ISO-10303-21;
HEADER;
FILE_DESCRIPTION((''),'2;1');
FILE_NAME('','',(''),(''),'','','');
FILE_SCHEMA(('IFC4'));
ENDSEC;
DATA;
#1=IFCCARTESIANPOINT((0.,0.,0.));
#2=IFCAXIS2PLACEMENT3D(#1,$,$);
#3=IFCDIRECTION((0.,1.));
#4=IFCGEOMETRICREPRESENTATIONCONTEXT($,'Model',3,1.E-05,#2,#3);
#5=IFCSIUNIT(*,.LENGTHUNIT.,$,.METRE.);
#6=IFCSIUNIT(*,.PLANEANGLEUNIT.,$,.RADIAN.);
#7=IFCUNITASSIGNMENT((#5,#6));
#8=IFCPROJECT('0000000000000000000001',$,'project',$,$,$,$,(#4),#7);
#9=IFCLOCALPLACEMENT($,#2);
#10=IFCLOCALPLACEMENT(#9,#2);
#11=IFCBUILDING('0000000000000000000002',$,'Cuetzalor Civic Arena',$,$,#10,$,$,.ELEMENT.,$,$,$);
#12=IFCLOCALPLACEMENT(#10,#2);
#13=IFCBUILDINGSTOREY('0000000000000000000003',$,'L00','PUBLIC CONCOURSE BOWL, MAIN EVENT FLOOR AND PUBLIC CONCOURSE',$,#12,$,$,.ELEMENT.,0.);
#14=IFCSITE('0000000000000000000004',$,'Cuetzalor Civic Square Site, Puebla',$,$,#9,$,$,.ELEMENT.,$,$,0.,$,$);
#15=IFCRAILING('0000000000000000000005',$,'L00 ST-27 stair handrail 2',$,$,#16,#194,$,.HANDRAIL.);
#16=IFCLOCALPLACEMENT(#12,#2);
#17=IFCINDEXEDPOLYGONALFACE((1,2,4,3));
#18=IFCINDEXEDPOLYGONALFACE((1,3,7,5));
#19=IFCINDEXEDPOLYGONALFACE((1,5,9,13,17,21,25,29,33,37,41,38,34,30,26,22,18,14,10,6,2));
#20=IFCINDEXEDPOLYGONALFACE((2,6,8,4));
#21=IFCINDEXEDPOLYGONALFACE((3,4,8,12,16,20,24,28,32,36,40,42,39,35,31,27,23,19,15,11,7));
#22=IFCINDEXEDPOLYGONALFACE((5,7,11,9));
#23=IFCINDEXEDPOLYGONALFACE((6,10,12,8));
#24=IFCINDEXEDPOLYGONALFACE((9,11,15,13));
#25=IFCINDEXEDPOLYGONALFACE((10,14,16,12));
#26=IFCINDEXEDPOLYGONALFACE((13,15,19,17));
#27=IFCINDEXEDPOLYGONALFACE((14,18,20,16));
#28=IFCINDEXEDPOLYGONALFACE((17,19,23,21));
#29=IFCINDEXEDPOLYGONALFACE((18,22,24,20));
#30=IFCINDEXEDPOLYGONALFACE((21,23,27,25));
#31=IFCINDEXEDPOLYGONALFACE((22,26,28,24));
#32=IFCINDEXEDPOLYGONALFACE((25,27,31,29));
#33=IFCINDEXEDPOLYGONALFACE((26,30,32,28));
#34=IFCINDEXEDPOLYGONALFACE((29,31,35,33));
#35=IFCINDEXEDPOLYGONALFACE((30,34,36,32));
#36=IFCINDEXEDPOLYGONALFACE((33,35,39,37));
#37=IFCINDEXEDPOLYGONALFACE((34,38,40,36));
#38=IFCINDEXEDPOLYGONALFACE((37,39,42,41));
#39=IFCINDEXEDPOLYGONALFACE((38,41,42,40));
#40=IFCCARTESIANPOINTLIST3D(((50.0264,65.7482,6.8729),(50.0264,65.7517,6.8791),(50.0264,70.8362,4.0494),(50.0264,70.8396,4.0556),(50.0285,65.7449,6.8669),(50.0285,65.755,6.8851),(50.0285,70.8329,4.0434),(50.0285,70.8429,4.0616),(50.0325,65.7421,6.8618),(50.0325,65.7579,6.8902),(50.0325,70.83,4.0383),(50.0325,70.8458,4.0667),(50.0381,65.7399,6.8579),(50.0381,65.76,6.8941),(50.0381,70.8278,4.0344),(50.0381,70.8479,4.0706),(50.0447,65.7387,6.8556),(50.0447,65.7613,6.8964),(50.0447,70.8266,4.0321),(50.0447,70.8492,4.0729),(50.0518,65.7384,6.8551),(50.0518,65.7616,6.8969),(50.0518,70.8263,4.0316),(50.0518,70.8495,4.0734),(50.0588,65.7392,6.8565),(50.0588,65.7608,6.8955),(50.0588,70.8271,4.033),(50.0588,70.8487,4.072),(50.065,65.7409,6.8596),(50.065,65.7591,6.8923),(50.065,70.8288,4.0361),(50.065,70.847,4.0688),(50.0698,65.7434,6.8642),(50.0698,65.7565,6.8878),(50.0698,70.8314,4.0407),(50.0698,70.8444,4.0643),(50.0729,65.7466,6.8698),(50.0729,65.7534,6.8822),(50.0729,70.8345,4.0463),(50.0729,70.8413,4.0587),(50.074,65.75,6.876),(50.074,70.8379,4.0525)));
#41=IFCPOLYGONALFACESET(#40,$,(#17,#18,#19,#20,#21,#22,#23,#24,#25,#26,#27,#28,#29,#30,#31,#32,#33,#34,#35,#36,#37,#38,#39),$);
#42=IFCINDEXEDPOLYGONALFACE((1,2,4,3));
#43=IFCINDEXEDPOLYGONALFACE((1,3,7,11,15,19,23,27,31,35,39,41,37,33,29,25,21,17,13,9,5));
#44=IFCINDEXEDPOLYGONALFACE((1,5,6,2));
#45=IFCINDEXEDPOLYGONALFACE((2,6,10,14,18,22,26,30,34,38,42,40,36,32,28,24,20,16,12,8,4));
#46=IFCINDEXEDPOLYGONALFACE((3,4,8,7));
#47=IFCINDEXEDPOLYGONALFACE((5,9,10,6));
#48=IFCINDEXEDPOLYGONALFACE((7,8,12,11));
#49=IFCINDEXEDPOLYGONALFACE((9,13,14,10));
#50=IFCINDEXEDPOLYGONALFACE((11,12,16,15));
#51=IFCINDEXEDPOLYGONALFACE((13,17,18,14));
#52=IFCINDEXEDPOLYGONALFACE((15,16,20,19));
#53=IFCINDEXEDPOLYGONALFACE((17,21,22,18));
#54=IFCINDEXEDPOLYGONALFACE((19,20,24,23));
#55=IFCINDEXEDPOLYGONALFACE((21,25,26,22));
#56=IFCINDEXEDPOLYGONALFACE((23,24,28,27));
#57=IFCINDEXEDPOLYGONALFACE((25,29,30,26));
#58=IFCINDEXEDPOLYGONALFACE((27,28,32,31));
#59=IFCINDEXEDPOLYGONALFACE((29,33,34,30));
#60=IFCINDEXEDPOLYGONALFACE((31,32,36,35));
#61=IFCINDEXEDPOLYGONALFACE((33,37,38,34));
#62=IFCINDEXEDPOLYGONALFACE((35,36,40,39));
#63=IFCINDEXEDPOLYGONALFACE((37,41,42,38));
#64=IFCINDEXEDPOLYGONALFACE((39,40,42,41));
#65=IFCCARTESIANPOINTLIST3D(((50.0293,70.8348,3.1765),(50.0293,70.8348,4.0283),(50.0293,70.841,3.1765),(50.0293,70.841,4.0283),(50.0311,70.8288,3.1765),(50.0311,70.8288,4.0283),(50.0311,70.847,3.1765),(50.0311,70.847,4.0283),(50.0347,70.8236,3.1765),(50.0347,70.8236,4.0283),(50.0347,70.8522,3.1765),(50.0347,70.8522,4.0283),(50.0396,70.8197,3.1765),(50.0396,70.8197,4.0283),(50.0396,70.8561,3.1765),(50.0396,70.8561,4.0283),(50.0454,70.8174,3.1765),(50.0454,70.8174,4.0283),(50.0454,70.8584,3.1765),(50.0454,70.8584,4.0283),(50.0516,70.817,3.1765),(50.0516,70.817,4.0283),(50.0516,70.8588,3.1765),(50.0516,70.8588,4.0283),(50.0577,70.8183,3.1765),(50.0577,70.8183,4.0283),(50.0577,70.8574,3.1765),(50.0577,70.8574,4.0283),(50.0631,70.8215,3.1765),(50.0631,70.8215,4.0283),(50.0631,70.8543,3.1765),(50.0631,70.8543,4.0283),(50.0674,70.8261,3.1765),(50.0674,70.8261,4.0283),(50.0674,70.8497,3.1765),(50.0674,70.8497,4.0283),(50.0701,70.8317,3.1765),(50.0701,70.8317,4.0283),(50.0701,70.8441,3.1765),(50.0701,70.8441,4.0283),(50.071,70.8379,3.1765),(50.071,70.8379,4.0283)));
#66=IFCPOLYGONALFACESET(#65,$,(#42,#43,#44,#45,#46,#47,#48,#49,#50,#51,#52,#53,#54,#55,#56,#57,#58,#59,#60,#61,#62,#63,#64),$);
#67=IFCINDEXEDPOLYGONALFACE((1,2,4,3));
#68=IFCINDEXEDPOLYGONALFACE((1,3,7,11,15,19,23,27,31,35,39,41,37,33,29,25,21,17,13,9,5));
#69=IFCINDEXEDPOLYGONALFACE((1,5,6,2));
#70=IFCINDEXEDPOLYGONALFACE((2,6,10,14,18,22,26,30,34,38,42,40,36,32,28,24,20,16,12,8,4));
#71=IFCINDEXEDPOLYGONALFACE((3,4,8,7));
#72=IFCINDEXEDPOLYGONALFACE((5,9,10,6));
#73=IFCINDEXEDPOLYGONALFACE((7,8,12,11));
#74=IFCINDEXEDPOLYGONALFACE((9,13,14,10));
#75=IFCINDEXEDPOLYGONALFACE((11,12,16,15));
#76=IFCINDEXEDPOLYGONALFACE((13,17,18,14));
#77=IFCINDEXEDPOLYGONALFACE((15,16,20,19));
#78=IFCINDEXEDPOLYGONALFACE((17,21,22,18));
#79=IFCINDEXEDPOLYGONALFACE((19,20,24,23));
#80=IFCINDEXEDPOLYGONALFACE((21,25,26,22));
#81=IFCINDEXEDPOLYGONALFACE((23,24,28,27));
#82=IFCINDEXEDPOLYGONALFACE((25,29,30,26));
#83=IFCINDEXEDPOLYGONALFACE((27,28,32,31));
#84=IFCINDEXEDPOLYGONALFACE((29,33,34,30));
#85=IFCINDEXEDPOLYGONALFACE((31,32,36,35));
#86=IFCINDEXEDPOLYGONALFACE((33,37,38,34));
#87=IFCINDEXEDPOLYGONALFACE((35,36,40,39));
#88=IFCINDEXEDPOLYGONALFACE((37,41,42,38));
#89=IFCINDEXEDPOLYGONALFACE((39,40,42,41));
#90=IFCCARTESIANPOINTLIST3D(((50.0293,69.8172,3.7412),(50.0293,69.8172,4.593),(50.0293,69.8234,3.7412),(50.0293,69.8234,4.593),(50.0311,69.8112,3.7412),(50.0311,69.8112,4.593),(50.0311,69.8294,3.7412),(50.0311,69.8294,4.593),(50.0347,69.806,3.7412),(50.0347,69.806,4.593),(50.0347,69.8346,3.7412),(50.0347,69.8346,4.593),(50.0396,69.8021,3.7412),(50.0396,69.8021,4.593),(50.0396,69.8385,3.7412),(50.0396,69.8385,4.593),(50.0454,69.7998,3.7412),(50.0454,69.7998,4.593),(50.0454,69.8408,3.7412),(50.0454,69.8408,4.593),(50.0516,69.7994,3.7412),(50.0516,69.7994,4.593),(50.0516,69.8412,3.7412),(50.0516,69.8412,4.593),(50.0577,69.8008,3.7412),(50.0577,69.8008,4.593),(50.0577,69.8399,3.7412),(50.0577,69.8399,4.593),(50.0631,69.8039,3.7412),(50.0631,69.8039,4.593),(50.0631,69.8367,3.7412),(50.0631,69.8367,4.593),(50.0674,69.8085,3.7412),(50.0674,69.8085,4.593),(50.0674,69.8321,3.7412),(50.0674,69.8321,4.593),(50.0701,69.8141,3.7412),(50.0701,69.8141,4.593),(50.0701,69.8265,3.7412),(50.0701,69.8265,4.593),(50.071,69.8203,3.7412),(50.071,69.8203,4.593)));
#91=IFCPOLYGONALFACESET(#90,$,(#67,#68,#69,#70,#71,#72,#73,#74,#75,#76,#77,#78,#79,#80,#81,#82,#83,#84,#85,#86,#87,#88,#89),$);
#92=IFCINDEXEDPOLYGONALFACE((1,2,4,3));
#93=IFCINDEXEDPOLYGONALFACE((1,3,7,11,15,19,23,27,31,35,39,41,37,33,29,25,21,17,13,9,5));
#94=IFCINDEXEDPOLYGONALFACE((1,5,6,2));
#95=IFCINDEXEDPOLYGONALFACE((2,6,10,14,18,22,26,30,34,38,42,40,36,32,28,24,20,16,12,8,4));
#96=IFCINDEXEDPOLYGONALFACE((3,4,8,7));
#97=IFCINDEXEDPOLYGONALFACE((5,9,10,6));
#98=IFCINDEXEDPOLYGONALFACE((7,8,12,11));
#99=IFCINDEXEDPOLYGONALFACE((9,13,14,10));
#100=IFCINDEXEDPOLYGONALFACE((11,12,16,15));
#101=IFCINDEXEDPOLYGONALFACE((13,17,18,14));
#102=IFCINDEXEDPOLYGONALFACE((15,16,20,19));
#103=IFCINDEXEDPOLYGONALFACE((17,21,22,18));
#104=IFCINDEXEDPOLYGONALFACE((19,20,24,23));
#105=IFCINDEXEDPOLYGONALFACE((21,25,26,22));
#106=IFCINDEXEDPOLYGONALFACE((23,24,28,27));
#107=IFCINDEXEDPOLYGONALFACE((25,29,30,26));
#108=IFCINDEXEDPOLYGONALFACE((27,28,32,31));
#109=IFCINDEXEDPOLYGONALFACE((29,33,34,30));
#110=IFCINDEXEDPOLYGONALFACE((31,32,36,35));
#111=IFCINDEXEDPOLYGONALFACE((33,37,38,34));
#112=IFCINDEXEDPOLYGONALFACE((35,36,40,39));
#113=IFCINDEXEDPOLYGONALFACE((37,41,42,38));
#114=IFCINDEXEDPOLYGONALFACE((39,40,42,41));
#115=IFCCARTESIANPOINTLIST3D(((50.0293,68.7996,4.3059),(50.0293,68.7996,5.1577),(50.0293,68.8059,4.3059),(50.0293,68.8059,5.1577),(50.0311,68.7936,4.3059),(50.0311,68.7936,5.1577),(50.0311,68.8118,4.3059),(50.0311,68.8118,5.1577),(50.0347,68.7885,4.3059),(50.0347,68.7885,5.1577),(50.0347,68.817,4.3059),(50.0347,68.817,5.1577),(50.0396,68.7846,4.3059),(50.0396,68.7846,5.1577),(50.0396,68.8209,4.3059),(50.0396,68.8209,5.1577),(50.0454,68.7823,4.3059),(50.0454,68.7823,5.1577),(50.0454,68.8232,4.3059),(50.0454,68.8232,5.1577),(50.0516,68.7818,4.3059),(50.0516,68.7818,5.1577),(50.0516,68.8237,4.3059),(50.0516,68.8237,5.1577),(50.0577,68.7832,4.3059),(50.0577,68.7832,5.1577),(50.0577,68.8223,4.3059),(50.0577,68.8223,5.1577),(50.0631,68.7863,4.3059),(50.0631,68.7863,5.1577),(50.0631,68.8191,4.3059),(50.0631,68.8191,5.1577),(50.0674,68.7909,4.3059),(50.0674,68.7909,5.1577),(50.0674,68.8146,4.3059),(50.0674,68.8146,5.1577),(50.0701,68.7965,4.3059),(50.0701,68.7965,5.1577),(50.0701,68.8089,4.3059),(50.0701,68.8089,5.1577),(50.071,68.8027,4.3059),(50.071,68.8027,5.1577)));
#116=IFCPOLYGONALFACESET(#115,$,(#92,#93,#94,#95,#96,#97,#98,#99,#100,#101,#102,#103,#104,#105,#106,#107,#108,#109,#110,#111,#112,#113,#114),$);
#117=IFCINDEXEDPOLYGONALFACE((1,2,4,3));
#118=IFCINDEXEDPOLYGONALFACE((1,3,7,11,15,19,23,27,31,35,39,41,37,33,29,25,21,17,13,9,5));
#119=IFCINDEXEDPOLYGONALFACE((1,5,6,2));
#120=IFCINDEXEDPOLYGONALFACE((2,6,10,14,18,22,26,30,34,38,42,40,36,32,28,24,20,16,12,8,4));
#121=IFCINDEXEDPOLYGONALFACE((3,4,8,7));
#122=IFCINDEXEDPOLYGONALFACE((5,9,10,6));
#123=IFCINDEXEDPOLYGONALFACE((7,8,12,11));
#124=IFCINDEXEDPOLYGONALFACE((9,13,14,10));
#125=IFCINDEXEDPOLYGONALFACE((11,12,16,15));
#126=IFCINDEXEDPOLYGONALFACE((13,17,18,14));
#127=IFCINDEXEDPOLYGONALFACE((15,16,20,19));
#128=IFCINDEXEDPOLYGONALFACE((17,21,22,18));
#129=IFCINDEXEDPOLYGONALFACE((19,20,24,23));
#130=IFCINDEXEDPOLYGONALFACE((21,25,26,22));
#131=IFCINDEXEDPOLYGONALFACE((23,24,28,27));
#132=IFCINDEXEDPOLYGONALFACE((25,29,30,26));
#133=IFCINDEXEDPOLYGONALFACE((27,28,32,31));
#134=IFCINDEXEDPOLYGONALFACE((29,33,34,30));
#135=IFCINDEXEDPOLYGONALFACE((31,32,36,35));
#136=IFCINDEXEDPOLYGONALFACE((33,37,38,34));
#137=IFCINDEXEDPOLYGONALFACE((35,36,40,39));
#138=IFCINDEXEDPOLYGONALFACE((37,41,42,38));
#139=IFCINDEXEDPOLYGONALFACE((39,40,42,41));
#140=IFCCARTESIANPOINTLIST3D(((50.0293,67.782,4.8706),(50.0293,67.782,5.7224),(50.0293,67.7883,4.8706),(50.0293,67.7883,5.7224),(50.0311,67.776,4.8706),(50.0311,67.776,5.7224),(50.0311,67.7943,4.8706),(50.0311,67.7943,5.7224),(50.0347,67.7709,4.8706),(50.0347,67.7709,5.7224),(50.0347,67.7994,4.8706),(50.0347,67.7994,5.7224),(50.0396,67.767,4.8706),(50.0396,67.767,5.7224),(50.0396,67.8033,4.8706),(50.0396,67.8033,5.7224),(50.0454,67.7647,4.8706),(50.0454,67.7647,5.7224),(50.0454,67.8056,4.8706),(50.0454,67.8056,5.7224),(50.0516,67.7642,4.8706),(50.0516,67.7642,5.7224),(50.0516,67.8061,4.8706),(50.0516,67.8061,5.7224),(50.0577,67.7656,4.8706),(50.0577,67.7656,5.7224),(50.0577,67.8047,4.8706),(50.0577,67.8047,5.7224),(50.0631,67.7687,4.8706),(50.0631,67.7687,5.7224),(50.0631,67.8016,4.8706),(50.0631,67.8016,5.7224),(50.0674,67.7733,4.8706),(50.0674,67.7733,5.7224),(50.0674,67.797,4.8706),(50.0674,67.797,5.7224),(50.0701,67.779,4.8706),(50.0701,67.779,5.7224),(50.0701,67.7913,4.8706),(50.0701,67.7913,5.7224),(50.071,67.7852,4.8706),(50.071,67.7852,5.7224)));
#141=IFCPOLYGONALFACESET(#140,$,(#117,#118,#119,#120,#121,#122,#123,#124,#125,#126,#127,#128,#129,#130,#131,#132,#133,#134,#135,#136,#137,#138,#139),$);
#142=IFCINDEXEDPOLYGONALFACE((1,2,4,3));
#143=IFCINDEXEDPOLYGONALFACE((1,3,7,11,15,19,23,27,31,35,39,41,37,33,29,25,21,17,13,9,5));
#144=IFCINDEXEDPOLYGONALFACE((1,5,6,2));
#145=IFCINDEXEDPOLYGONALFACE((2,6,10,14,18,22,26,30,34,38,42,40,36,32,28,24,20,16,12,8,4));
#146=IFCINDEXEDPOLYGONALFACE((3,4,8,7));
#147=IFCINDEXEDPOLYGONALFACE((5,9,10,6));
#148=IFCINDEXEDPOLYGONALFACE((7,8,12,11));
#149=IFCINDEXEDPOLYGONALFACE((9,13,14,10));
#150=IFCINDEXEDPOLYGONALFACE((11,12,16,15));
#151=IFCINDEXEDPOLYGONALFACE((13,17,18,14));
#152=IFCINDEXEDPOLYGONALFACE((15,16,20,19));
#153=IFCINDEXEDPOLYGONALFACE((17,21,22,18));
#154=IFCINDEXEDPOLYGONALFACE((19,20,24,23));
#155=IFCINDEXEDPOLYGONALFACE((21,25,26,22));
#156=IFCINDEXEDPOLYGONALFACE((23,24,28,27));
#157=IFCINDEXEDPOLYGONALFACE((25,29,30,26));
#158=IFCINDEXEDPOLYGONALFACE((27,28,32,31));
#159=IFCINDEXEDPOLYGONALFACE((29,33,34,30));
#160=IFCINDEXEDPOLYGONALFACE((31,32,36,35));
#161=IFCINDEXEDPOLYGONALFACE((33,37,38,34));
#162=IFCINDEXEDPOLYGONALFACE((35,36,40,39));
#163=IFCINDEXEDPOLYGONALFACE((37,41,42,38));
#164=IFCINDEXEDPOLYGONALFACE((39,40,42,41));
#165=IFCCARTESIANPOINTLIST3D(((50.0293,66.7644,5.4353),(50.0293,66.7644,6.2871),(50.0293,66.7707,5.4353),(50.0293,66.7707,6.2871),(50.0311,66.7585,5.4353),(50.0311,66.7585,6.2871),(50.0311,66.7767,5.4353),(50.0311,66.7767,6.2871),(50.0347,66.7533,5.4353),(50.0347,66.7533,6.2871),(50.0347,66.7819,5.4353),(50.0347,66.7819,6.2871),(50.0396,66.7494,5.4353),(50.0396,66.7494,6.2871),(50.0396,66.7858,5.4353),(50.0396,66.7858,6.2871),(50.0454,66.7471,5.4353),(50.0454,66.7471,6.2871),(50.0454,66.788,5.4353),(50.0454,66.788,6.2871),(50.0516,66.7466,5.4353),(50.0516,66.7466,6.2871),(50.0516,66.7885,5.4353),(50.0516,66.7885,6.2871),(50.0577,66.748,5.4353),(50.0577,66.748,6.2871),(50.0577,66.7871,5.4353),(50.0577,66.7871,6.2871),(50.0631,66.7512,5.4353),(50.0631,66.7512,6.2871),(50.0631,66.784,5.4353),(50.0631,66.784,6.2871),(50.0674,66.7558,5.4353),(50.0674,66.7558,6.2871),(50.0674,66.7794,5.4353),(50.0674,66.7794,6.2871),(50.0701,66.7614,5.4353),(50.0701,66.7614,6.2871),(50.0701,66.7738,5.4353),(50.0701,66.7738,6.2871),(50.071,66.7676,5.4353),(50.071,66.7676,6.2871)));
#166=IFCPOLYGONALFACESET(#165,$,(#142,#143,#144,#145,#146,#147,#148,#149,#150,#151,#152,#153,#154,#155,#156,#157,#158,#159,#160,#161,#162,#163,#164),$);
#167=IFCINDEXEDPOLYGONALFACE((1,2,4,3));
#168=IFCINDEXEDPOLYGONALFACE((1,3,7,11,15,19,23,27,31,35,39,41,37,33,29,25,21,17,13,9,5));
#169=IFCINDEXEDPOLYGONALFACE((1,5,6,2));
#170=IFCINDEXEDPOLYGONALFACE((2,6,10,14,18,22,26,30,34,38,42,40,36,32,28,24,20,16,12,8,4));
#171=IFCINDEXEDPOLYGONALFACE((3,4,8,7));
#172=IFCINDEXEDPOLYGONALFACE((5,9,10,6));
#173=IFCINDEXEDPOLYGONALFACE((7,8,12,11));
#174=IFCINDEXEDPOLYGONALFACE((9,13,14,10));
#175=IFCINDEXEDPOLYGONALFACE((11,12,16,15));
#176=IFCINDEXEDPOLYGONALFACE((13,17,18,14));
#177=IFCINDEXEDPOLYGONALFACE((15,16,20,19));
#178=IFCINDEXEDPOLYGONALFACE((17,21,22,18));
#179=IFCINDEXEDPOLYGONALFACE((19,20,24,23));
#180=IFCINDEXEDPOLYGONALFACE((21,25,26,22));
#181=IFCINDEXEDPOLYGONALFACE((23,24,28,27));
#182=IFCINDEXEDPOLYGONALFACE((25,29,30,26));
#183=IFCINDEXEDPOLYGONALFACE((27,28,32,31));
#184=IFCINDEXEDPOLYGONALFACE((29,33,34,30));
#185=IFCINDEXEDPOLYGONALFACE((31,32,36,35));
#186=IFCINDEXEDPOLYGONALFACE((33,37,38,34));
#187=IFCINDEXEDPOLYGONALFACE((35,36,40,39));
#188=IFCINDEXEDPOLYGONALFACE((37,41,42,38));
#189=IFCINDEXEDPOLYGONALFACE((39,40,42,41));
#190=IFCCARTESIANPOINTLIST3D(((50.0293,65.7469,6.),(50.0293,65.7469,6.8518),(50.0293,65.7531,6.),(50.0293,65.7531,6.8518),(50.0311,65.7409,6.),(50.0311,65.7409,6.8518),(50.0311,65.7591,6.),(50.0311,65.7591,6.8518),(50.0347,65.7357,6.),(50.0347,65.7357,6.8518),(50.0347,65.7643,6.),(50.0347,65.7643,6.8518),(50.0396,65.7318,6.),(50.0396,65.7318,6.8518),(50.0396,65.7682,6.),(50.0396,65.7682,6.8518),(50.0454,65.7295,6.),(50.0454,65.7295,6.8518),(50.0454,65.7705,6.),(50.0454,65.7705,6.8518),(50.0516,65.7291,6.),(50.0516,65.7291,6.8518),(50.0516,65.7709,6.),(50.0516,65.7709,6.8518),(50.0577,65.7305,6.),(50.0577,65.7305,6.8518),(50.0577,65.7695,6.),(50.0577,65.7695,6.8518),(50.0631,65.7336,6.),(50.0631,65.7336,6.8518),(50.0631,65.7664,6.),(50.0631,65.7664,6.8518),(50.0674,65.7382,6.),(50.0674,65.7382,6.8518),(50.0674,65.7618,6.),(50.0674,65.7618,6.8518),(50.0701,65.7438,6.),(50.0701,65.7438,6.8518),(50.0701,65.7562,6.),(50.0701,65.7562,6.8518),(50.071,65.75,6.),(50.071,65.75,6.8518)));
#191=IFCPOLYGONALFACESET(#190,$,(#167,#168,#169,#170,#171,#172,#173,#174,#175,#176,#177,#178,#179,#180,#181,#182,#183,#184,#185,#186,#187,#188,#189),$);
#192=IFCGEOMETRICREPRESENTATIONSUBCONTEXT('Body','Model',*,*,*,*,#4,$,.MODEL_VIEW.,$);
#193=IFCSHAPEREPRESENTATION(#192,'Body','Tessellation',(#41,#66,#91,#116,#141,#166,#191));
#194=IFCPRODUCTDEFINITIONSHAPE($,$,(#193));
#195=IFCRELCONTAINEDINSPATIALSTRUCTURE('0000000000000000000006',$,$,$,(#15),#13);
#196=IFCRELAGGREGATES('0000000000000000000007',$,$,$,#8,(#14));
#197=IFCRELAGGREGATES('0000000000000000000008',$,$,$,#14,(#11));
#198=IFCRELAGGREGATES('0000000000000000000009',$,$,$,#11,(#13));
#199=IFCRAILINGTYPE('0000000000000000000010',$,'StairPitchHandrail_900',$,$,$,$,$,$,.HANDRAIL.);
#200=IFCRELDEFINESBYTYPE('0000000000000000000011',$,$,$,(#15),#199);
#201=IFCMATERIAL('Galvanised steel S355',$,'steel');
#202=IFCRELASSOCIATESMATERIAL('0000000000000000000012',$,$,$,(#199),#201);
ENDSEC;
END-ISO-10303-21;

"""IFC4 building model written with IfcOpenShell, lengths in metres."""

from ifc_helpers import new_model, si_unit, direction, frame, origin, origin_2d, place, context, subcontext, project, spatial, circle, extrude, material, type_object, element, save


model = new_model("IFC4")

# Units and contexts
model_context = context("Model", 3, precision=1e-05, world=origin(), true_north=direction((0.0, 1.0)))
body_context = subcontext(model_context, "Body", "Model", "MODEL_VIEW")
ifc_project = project(units=[si_unit("LENGTHUNIT", "METRE"), si_unit("PLANEANGLEUNIT", "RADIAN")], contexts=[model_context])

# Site, building, storey
site_placement = place(None, origin())
site = spatial("IfcSite", under=ifc_project, at=site_placement, Name="Cuetzalor Civic Square Site, Puebla", CompositionType="ELEMENT", RefElevation=0.0)
building_placement = place(site_placement, origin())
building = spatial("IfcBuilding", under=site, at=building_placement, Name="Cuetzalor Civic Arena", CompositionType="ELEMENT")
storey_placement = place(building_placement, origin())
storey = spatial("IfcBuildingStorey", under=building, at=storey_placement, Name="L00", Description="PUBLIC CONCOURSE BOWL, MAIN EVENT FLOOR AND PUBLIC CONCOURSE", CompositionType="ELEMENT", Elevation=0.0)

# Railing
ifc_material_1 = material(Name="Galvanised steel S355", Category="steel")
railing_type_1 = type_object("IfcRailingType", Name="StairPitchHandrail_900", PredefinedType="HANDRAIL", material=ifc_material_1)
railing_1_placement = place(storey_placement, frame((50.05, 70.8379, 3.1765)))
element("IfcRailing", 1, at=railing_1_placement, inside=storey, type_object=railing_type_1, Name="L00 ST-27 stair handrail 2", PredefinedType="HANDRAIL", context=body_context, shape_type="SweptSolid", body=[
    extrude(circle(Radius=0.0239, at=origin_2d()), frame((0.0, 0.0, 0.876), z_axis=(0.0, -0.874385, 0.485233), x_axis=(1.0, 0.0, 0.0)), (0.0, 0.0, 1.0), 5.8188),
    extrude(circle(Radius=0.021, at=origin_2d()), origin(), (0.0, 0.0, 1.0), 0.8518),
    extrude(circle(Radius=0.021, at=origin_2d()), frame((0.0, -1.0176, 0.5647)), (0.0, 0.0, 1.0), 0.8518),
    extrude(circle(Radius=0.021, at=origin_2d()), frame((0.0, -2.0352, 1.1294)), (0.0, 0.0, 1.0), 0.8518),
    extrude(circle(Radius=0.021, at=origin_2d()), frame((0.0, -3.0527, 1.6941)), (0.0, 0.0, 1.0), 0.8518),
    extrude(circle(Radius=0.021, at=origin_2d()), frame((0.0, -4.0703, 2.2588)), (0.0, 0.0, 1.0), 0.8518),
    extrude(circle(Radius=0.021, at=origin_2d()), frame((0.0, -5.0879, 2.8235)), (0.0, 0.0, 1.0), 0.8518),
])

save(model, "model.ifc")
